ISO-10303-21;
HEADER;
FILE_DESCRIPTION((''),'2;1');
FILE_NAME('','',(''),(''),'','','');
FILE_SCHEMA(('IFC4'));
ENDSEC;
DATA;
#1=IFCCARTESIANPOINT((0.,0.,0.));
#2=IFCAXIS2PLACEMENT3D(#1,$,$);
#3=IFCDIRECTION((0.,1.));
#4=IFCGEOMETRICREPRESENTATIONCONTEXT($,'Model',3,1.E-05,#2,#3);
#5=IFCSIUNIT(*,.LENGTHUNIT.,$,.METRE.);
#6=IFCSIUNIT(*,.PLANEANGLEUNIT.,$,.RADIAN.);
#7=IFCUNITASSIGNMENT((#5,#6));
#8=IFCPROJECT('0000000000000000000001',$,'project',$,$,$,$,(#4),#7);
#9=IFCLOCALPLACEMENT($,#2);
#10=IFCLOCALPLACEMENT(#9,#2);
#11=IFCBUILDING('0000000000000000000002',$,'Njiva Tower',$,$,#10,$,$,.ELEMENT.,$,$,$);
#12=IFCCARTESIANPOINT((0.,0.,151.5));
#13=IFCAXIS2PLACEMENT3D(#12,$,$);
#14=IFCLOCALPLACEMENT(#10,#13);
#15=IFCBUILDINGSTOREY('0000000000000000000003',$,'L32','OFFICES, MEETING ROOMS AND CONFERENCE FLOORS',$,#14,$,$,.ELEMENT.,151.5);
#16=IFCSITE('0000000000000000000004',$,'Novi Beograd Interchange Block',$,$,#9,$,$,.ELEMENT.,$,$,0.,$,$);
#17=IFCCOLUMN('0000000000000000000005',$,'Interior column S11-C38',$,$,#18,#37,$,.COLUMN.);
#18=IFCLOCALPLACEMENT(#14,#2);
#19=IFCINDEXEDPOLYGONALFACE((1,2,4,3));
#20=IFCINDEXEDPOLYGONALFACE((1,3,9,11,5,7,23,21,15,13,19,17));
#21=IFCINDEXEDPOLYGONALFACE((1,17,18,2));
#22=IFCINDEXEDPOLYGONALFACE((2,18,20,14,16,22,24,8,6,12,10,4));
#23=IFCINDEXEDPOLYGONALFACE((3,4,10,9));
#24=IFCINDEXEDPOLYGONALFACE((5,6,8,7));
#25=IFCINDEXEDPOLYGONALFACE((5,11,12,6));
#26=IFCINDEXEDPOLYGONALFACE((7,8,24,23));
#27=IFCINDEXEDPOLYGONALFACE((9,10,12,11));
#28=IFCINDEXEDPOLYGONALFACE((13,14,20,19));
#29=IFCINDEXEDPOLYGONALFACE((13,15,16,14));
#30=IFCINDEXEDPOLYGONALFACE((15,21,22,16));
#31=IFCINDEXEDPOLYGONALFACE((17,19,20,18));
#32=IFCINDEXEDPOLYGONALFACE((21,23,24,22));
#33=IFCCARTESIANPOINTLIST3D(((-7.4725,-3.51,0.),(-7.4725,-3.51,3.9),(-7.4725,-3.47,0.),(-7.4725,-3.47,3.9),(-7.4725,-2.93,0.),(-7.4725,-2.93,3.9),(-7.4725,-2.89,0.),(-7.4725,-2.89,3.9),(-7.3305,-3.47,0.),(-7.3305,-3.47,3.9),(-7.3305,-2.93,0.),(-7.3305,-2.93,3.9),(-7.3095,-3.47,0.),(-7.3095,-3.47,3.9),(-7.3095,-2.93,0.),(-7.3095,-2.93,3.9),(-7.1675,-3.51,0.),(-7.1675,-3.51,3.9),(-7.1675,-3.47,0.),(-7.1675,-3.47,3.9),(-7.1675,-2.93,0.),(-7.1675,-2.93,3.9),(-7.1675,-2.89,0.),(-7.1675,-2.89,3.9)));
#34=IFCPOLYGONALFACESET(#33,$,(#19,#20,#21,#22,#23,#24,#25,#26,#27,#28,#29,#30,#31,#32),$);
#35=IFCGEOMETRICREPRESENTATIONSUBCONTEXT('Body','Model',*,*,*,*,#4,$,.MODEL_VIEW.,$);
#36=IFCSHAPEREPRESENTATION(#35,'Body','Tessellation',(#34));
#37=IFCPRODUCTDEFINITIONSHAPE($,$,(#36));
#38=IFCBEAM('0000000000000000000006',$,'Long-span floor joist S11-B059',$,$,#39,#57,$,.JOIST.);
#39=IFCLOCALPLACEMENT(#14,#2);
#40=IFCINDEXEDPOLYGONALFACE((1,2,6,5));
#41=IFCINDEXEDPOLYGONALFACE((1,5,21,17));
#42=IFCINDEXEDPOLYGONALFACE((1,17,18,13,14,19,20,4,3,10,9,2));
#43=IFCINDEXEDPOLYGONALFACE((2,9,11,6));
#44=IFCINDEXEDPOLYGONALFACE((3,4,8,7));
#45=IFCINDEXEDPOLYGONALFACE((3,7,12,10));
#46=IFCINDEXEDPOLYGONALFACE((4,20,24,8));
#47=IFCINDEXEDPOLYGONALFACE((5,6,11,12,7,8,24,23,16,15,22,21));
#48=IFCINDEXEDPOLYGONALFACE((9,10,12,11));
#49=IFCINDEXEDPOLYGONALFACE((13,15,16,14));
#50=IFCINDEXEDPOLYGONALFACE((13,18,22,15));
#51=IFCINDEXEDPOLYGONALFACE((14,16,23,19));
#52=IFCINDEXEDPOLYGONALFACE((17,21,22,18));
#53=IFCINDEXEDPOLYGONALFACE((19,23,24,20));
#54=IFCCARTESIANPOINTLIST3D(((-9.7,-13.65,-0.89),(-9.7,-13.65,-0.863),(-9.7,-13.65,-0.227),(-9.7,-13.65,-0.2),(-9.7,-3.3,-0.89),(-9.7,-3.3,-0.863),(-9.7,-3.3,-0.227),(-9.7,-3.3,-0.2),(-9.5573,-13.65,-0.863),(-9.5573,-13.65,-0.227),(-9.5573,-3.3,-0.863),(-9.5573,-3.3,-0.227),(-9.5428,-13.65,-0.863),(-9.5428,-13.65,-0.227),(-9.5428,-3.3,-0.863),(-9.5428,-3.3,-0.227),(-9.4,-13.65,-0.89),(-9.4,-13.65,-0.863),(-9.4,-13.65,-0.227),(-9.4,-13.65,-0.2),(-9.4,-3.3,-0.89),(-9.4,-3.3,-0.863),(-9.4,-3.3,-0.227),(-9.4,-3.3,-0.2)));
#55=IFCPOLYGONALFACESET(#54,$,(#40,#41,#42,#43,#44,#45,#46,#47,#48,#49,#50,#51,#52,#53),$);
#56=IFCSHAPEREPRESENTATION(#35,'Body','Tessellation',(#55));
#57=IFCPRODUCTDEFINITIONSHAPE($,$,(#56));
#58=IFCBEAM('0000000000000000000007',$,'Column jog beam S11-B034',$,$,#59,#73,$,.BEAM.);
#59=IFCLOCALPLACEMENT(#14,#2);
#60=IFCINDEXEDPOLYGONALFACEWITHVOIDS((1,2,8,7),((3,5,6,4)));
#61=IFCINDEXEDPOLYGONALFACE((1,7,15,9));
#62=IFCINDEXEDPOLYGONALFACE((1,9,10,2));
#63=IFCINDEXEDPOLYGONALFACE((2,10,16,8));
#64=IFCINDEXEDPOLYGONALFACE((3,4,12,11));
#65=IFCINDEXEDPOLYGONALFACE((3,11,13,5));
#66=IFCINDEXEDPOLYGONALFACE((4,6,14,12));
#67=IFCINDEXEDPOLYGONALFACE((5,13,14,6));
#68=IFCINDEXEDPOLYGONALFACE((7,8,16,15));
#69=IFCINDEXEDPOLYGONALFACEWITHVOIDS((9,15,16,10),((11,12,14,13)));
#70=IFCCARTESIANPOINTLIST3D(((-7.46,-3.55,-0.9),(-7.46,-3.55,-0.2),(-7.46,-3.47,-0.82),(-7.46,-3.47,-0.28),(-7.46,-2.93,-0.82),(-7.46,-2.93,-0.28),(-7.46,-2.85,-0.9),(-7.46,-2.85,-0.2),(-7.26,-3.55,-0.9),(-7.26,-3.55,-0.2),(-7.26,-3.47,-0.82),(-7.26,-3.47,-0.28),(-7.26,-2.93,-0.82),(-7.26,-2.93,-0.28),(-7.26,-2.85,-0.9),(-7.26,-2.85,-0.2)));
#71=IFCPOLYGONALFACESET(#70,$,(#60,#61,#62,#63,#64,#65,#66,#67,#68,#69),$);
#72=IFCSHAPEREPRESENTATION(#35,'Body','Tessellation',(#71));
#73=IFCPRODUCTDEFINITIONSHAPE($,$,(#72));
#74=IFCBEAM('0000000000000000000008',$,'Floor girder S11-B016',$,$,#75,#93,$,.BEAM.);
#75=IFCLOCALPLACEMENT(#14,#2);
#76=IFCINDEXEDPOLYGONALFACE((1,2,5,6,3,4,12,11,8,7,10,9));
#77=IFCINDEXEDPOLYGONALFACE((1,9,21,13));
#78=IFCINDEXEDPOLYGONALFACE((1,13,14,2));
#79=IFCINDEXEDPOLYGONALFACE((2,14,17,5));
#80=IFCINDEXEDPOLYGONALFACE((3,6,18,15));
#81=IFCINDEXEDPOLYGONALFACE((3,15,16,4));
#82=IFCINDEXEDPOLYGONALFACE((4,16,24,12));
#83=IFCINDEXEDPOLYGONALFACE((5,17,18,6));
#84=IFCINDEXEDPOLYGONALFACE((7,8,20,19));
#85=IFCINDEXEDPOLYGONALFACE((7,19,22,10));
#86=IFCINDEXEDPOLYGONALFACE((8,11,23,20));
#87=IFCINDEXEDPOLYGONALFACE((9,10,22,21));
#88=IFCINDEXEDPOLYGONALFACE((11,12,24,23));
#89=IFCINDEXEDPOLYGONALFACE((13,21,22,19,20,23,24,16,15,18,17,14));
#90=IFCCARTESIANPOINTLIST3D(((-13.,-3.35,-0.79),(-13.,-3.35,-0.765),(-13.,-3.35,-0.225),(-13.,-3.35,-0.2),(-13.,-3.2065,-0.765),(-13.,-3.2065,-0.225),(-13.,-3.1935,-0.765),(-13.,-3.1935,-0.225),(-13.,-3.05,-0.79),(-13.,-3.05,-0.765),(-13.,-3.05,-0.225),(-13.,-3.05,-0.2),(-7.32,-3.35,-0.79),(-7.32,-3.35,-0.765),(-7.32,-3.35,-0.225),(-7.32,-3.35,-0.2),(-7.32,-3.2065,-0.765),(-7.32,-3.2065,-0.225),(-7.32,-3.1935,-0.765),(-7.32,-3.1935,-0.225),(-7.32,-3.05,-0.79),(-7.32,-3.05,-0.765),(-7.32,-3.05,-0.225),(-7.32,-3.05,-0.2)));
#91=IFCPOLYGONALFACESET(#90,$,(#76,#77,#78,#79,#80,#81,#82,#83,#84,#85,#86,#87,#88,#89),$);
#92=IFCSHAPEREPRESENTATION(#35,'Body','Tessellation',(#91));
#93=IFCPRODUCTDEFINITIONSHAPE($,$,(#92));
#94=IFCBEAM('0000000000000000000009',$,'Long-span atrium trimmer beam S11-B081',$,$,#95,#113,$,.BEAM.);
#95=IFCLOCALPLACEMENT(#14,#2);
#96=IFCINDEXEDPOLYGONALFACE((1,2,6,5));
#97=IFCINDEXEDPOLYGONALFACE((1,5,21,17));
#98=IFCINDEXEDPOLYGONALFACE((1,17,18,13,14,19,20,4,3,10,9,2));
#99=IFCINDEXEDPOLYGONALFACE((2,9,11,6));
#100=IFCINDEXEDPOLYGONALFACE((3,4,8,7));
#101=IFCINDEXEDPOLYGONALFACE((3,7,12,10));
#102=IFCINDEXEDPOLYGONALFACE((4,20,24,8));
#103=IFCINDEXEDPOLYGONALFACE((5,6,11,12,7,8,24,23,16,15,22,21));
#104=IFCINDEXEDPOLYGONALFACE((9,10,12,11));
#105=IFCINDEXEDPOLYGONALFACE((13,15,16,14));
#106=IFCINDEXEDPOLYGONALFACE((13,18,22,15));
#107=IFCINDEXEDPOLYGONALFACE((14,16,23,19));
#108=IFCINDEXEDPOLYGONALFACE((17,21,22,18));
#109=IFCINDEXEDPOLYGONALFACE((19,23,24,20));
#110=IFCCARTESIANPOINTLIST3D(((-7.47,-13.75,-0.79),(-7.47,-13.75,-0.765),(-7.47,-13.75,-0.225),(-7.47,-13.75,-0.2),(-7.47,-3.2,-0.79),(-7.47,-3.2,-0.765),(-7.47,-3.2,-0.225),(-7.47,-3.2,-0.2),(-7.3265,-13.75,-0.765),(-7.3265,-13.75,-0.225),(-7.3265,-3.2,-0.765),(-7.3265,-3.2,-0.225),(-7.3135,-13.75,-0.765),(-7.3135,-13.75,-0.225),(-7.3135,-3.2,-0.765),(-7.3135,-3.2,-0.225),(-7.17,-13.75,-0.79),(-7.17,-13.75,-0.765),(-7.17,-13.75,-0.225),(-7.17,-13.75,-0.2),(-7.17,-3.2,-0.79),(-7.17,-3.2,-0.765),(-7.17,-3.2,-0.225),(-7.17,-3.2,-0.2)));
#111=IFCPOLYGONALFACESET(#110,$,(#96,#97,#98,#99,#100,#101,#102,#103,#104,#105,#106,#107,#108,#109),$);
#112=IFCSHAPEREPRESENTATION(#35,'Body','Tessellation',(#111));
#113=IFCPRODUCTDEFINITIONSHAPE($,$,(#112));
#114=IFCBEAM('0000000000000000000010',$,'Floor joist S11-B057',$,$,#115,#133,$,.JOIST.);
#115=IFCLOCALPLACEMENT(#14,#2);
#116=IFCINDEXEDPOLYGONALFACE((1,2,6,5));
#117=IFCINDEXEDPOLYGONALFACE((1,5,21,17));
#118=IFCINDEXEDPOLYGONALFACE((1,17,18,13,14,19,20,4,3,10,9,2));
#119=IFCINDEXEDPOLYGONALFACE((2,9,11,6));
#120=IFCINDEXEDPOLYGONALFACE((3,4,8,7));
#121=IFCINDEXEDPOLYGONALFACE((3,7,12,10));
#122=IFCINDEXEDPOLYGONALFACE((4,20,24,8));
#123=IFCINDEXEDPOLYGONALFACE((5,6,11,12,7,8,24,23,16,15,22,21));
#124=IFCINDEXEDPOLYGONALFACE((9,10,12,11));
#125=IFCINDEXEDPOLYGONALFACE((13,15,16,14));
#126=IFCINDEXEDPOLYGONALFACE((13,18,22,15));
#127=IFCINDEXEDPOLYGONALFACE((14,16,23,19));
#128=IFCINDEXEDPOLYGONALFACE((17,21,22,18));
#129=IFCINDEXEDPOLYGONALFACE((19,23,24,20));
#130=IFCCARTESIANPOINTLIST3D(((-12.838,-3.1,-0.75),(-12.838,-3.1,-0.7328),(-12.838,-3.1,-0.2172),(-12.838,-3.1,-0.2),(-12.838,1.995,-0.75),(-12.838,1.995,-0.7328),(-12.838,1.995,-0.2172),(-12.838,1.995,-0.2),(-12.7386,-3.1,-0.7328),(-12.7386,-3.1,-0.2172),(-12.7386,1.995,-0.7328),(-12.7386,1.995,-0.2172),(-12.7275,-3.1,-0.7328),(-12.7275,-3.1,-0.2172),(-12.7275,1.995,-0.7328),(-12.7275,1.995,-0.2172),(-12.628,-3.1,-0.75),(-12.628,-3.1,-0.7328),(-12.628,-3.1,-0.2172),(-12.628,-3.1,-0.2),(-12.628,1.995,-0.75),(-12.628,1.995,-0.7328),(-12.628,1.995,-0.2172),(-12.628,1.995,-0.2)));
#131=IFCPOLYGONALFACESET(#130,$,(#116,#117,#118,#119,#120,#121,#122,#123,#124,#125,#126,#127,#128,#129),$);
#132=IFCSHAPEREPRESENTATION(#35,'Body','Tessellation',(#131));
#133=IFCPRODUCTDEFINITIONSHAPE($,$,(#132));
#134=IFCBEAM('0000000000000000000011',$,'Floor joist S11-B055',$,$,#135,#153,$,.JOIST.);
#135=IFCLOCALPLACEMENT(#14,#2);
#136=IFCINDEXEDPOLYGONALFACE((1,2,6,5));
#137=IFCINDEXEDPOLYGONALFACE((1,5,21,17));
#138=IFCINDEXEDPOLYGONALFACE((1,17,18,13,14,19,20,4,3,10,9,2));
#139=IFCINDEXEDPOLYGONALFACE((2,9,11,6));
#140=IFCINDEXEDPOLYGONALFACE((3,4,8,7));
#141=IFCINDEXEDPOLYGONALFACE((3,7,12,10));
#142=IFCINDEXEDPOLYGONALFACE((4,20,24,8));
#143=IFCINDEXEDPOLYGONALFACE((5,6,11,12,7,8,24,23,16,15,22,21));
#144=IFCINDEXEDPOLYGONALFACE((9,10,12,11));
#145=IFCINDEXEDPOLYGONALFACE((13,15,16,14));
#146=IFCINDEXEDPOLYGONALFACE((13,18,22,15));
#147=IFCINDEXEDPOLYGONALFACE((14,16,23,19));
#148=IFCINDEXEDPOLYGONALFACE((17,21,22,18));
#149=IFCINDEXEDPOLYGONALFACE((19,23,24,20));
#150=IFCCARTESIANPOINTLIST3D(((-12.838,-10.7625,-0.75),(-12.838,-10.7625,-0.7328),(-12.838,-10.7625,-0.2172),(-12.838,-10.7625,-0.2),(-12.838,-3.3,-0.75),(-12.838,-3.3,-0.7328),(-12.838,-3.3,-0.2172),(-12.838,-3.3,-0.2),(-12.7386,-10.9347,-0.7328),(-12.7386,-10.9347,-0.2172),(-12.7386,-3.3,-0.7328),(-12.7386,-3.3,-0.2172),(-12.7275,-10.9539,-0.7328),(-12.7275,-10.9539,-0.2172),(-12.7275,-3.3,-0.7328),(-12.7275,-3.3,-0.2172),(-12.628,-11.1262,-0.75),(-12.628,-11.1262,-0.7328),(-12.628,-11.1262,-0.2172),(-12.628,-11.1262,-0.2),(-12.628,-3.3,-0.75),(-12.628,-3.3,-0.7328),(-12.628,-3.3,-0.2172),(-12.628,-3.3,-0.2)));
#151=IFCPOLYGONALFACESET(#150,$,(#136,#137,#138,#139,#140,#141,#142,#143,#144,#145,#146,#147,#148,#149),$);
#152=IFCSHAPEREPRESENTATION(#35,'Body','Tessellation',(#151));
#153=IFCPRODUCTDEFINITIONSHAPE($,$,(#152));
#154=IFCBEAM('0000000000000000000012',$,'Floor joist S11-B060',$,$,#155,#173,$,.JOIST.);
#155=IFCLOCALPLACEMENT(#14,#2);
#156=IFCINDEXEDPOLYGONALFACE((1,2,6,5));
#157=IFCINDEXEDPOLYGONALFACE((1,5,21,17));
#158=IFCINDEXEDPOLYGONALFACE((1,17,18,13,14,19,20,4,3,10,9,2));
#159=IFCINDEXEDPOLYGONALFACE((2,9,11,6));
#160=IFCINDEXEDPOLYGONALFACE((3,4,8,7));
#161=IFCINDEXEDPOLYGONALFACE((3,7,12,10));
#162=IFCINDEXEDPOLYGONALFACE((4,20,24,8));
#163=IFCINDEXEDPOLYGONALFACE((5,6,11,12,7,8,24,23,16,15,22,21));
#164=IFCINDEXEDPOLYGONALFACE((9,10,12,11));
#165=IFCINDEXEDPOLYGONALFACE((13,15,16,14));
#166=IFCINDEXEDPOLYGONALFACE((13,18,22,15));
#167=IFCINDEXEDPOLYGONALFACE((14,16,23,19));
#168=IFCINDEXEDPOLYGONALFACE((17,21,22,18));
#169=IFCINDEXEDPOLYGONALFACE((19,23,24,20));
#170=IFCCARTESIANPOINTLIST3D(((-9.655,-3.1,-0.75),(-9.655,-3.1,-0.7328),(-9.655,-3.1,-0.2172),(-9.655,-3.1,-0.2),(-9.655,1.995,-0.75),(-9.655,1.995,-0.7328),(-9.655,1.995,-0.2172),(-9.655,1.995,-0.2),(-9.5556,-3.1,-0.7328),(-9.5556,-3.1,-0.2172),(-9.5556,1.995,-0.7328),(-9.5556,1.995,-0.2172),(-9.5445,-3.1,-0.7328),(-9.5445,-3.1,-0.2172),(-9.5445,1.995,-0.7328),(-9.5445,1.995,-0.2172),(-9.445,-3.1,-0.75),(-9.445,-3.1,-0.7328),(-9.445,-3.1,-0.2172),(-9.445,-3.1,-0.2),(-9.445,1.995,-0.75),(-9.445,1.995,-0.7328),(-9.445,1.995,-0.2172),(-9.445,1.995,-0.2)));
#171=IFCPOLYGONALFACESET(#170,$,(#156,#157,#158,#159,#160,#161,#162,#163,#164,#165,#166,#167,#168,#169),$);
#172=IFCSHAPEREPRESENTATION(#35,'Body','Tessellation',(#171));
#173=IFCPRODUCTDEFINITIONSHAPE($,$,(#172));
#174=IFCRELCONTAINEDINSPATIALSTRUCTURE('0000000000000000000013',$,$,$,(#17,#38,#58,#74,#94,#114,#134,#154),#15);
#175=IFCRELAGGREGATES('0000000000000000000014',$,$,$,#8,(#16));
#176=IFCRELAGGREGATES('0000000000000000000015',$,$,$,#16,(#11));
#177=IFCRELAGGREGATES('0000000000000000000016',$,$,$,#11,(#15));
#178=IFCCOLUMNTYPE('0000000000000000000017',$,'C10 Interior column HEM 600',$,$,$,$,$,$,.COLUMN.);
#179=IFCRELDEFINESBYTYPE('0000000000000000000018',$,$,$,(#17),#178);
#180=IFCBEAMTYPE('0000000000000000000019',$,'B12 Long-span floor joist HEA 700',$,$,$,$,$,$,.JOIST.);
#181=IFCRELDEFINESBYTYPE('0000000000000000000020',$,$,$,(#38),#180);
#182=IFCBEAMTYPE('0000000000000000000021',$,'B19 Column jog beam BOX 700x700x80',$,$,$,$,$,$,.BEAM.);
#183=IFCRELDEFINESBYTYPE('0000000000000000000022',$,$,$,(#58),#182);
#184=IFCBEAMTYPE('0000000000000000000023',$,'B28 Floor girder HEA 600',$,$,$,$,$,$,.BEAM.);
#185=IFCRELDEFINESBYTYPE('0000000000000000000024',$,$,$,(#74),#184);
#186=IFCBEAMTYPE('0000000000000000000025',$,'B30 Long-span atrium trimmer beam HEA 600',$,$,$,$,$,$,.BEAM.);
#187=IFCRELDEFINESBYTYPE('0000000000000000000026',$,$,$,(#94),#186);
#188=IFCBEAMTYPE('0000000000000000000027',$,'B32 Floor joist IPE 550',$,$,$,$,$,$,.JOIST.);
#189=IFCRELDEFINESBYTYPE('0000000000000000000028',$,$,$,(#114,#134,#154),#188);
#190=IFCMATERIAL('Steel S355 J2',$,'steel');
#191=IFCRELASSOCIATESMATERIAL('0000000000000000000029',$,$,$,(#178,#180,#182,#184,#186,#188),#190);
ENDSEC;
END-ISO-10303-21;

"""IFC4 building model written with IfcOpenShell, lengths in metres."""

from ifc_helpers import new_model, si_unit, direction, frame, origin, origin_2d, place, context, subcontext, project, spatial, hollow_rectangle, i_section, extrude, clip, halfspace, material, material_profile, profile_set, type_object, element, save


model = new_model("IFC4")

# Units and contexts
model_context = context("Model", 3, precision=1e-05, world=origin(), true_north=direction((0.0, 1.0)))
body_context = subcontext(model_context, "Body", "Model", "MODEL_VIEW")
ifc_project = project(units=[si_unit("LENGTHUNIT", "METRE"), si_unit("PLANEANGLEUNIT", "RADIAN")], contexts=[model_context])

# Site, building, storey
site_placement = place(None, origin())
site = spatial("IfcSite", under=ifc_project, at=site_placement, Name="Novi Beograd Interchange Block", CompositionType="ELEMENT", RefElevation=0.0)
building_placement = place(site_placement, origin())
building = spatial("IfcBuilding", under=site, at=building_placement, Name="Njiva Tower", CompositionType="ELEMENT")
storey_placement = place(building_placement, frame((0.0, 0.0, 151.5)))
storey = spatial("IfcBuildingStorey", under=building, at=storey_placement, Name="L32", Description="OFFICES, MEETING ROOMS AND CONFERENCE FLOORS", CompositionType="ELEMENT", Elevation=151.5)

# Column
ifc_material_1 = material(Name="Steel S355 J2", Category="steel")
ifc_material_profile_1 = material_profile(ifc_material_1, i_section(OverallWidth=0.305, OverallDepth=0.62, WebThickness=0.021, FlangeThickness=0.04, at=origin_2d()), Name="HEM 600")
ifc_profile_set_1 = profile_set([ifc_material_profile_1], Name="Steel S355 J2")
column_type = type_object("IfcColumnType", Name="C10 Interior column HEM 600", PredefinedType="COLUMN", material=ifc_profile_set_1)
column_placement = place(storey_placement, frame((-7.32, -3.2, 0.0), z_axis=(0.0, 0.0, 1.0), x_axis=(1.0, 0.0, 0.0)))
element("IfcColumn", 1, at=column_placement, inside=storey, type_object=column_type, Name="Interior column S11-C38", PredefinedType="COLUMN", context=body_context, shape_type="SweptSolid", body=[
    extrude(i_section(OverallWidth=0.305, OverallDepth=0.62, WebThickness=0.021, FlangeThickness=0.04, at=origin_2d()), origin(), (0.0, 0.0, 1.0), 3.9),
])

# Beams
ifc_material_profile_2 = material_profile(ifc_material_1, i_section(OverallWidth=0.3, OverallDepth=0.69, WebThickness=0.0145, FlangeThickness=0.027, at=origin_2d()), Name="HEA 700")
ifc_profile_set_2 = profile_set([ifc_material_profile_2], Name="Steel S355 J2")
beam_type_1 = type_object("IfcBeamType", Name="B12 Long-span floor joist HEA 700", PredefinedType="JOIST", material=ifc_profile_set_2)
beam_1_placement = place(storey_placement, frame((-9.55, -3.3, -0.545), z_axis=(0.0, -1.0, 0.0), x_axis=(1.0, 0.0, 0.0)))
element("IfcBeam", 2, at=beam_1_placement, inside=storey, type_object=beam_type_1, Name="Long-span floor joist S11-B059", PredefinedType="JOIST", context=body_context, shape_type="SweptSolid", body=[
    extrude(i_section(OverallWidth=0.3, OverallDepth=0.69, WebThickness=0.0145, FlangeThickness=0.027, at=origin_2d()), origin(), (0.0, 0.0, 1.0), 10.35),
])
ifc_material_profile_3 = material_profile(ifc_material_1, hollow_rectangle(XDim=0.7, YDim=0.7, WallThickness=0.08, at=origin_2d()), Name="BOX 700x700x80")
ifc_profile_set_3 = profile_set([ifc_material_profile_3], Name="Steel S355 J2")
beam_type_2 = type_object("IfcBeamType", Name="B19 Column jog beam BOX 700x700x80", PredefinedType="BEAM", material=ifc_profile_set_3)
beam_2_placement = place(storey_placement, frame((-7.46, -3.2, -0.55), z_axis=(1.0, 0.0, 0.0), x_axis=(0.0, 1.0, 0.0)))
element("IfcBeam", 3, at=beam_2_placement, inside=storey, type_object=beam_type_2, Name="Column jog beam S11-B034", PredefinedType="BEAM", context=body_context, shape_type="SweptSolid", body=[
    extrude(hollow_rectangle(XDim=0.7, YDim=0.7, WallThickness=0.08, at=origin_2d()), origin(), (0.0, 0.0, 1.0), 0.2),
])
ifc_material_profile_4 = material_profile(ifc_material_1, i_section(OverallWidth=0.3, OverallDepth=0.59, WebThickness=0.013, FlangeThickness=0.025, at=origin_2d()), Name="HEA 600")
ifc_profile_set_4 = profile_set([ifc_material_profile_4], Name="Steel S355 J2")
beam_type_3 = type_object("IfcBeamType", Name="B28 Floor girder HEA 600", PredefinedType="BEAM", material=ifc_profile_set_4)
beam_3_placement = place(storey_placement, frame((-13.0, -3.2, -0.495), z_axis=(1.0, 0.0, 0.0), x_axis=(0.0, 1.0, 0.0)))
element("IfcBeam", 4, at=beam_3_placement, inside=storey, type_object=beam_type_3, Name="Floor girder S11-B016", PredefinedType="BEAM", context=body_context, shape_type="SweptSolid", body=[
    extrude(i_section(OverallWidth=0.3, OverallDepth=0.59, WebThickness=0.013, FlangeThickness=0.025, at=origin_2d()), origin(), (0.0, 0.0, 1.0), 5.68),
])
ifc_material_profile_5 = material_profile(ifc_material_1, i_section(OverallWidth=0.3, OverallDepth=0.59, WebThickness=0.013, FlangeThickness=0.025, at=origin_2d()), Name="HEA 600")
ifc_profile_set_5 = profile_set([ifc_material_profile_5], Name="Steel S355 J2")
beam_type_4 = type_object("IfcBeamType", Name="B30 Long-span atrium trimmer beam HEA 600", PredefinedType="BEAM", material=ifc_profile_set_5)
beam_4_placement = place(storey_placement, frame((-7.32, -3.2, -0.495), z_axis=(0.0, -1.0, 0.0), x_axis=(1.0, 0.0, 0.0)))
element("IfcBeam", 5, at=beam_4_placement, inside=storey, type_object=beam_type_4, Name="Long-span atrium trimmer beam S11-B081", PredefinedType="BEAM", context=body_context, shape_type="SweptSolid", body=[
    extrude(i_section(OverallWidth=0.3, OverallDepth=0.59, WebThickness=0.013, FlangeThickness=0.025, at=origin_2d()), origin(), (0.0, 0.0, 1.0), 10.55),
])
ifc_material_profile_6 = material_profile(ifc_material_1, i_section(OverallWidth=0.21, OverallDepth=0.55, WebThickness=0.0111, FlangeThickness=0.0172, at=origin_2d()), Name="IPE 550")
ifc_profile_set_6 = profile_set([ifc_material_profile_6], Name="Steel S355 J2")
beam_type_5 = type_object("IfcBeamType", Name="B32 Floor joist IPE 550", PredefinedType="JOIST", material=ifc_profile_set_6)
beam_5_placement = place(storey_placement, frame((-12.733, 1.995, -0.475), z_axis=(0.0, -1.0, 0.0), x_axis=(1.0, 0.0, 0.0)))
element("IfcBeam", 6, at=beam_5_placement, inside=storey, type_object=beam_type_5, Name="Floor joist S11-B057", PredefinedType="JOIST", context=body_context, shape_type="SweptSolid", body=[
    extrude(i_section(OverallWidth=0.21, OverallDepth=0.55, WebThickness=0.0111, FlangeThickness=0.0172, at=origin_2d()), origin(), (0.0, 0.0, 1.0), 5.095),
])
beam_6_placement = place(storey_placement, frame((-12.733, -3.3, -0.475), z_axis=(0.0, -1.0, 0.0), x_axis=(1.0, 0.0, 0.0)))
element("IfcBeam", 7, at=beam_6_placement, inside=storey, type_object=beam_type_5, Name="Floor joist S11-B055", PredefinedType="JOIST", context=body_context, shape_type="Clipping", body=[
    clip(extrude(i_section(OverallWidth=0.21, OverallDepth=0.55, WebThickness=0.0111, FlangeThickness=0.0172, at=origin_2d()), origin(), (0.0, 0.0, 1.0), 7.846), halfspace(frame((-0.0436, 0.0, 7.5688), z_axis=(-0.866027, 0.0, 0.499998), x_axis=(0.0, 1.0, 0.0)), False)),
])
beam_7_placement = place(storey_placement, frame((-9.55, 1.995, -0.475), z_axis=(0.0, -1.0, 0.0), x_axis=(1.0, 0.0, 0.0)))
element("IfcBeam", 8, at=beam_7_placement, inside=storey, type_object=beam_type_5, Name="Floor joist S11-B060", PredefinedType="JOIST", context=body_context, shape_type="SweptSolid", body=[
    extrude(i_section(OverallWidth=0.21, OverallDepth=0.55, WebThickness=0.0111, FlangeThickness=0.0172, at=origin_2d()), origin(), (0.0, 0.0, 1.0), 5.095),
])

save(model, "model.ifc")
